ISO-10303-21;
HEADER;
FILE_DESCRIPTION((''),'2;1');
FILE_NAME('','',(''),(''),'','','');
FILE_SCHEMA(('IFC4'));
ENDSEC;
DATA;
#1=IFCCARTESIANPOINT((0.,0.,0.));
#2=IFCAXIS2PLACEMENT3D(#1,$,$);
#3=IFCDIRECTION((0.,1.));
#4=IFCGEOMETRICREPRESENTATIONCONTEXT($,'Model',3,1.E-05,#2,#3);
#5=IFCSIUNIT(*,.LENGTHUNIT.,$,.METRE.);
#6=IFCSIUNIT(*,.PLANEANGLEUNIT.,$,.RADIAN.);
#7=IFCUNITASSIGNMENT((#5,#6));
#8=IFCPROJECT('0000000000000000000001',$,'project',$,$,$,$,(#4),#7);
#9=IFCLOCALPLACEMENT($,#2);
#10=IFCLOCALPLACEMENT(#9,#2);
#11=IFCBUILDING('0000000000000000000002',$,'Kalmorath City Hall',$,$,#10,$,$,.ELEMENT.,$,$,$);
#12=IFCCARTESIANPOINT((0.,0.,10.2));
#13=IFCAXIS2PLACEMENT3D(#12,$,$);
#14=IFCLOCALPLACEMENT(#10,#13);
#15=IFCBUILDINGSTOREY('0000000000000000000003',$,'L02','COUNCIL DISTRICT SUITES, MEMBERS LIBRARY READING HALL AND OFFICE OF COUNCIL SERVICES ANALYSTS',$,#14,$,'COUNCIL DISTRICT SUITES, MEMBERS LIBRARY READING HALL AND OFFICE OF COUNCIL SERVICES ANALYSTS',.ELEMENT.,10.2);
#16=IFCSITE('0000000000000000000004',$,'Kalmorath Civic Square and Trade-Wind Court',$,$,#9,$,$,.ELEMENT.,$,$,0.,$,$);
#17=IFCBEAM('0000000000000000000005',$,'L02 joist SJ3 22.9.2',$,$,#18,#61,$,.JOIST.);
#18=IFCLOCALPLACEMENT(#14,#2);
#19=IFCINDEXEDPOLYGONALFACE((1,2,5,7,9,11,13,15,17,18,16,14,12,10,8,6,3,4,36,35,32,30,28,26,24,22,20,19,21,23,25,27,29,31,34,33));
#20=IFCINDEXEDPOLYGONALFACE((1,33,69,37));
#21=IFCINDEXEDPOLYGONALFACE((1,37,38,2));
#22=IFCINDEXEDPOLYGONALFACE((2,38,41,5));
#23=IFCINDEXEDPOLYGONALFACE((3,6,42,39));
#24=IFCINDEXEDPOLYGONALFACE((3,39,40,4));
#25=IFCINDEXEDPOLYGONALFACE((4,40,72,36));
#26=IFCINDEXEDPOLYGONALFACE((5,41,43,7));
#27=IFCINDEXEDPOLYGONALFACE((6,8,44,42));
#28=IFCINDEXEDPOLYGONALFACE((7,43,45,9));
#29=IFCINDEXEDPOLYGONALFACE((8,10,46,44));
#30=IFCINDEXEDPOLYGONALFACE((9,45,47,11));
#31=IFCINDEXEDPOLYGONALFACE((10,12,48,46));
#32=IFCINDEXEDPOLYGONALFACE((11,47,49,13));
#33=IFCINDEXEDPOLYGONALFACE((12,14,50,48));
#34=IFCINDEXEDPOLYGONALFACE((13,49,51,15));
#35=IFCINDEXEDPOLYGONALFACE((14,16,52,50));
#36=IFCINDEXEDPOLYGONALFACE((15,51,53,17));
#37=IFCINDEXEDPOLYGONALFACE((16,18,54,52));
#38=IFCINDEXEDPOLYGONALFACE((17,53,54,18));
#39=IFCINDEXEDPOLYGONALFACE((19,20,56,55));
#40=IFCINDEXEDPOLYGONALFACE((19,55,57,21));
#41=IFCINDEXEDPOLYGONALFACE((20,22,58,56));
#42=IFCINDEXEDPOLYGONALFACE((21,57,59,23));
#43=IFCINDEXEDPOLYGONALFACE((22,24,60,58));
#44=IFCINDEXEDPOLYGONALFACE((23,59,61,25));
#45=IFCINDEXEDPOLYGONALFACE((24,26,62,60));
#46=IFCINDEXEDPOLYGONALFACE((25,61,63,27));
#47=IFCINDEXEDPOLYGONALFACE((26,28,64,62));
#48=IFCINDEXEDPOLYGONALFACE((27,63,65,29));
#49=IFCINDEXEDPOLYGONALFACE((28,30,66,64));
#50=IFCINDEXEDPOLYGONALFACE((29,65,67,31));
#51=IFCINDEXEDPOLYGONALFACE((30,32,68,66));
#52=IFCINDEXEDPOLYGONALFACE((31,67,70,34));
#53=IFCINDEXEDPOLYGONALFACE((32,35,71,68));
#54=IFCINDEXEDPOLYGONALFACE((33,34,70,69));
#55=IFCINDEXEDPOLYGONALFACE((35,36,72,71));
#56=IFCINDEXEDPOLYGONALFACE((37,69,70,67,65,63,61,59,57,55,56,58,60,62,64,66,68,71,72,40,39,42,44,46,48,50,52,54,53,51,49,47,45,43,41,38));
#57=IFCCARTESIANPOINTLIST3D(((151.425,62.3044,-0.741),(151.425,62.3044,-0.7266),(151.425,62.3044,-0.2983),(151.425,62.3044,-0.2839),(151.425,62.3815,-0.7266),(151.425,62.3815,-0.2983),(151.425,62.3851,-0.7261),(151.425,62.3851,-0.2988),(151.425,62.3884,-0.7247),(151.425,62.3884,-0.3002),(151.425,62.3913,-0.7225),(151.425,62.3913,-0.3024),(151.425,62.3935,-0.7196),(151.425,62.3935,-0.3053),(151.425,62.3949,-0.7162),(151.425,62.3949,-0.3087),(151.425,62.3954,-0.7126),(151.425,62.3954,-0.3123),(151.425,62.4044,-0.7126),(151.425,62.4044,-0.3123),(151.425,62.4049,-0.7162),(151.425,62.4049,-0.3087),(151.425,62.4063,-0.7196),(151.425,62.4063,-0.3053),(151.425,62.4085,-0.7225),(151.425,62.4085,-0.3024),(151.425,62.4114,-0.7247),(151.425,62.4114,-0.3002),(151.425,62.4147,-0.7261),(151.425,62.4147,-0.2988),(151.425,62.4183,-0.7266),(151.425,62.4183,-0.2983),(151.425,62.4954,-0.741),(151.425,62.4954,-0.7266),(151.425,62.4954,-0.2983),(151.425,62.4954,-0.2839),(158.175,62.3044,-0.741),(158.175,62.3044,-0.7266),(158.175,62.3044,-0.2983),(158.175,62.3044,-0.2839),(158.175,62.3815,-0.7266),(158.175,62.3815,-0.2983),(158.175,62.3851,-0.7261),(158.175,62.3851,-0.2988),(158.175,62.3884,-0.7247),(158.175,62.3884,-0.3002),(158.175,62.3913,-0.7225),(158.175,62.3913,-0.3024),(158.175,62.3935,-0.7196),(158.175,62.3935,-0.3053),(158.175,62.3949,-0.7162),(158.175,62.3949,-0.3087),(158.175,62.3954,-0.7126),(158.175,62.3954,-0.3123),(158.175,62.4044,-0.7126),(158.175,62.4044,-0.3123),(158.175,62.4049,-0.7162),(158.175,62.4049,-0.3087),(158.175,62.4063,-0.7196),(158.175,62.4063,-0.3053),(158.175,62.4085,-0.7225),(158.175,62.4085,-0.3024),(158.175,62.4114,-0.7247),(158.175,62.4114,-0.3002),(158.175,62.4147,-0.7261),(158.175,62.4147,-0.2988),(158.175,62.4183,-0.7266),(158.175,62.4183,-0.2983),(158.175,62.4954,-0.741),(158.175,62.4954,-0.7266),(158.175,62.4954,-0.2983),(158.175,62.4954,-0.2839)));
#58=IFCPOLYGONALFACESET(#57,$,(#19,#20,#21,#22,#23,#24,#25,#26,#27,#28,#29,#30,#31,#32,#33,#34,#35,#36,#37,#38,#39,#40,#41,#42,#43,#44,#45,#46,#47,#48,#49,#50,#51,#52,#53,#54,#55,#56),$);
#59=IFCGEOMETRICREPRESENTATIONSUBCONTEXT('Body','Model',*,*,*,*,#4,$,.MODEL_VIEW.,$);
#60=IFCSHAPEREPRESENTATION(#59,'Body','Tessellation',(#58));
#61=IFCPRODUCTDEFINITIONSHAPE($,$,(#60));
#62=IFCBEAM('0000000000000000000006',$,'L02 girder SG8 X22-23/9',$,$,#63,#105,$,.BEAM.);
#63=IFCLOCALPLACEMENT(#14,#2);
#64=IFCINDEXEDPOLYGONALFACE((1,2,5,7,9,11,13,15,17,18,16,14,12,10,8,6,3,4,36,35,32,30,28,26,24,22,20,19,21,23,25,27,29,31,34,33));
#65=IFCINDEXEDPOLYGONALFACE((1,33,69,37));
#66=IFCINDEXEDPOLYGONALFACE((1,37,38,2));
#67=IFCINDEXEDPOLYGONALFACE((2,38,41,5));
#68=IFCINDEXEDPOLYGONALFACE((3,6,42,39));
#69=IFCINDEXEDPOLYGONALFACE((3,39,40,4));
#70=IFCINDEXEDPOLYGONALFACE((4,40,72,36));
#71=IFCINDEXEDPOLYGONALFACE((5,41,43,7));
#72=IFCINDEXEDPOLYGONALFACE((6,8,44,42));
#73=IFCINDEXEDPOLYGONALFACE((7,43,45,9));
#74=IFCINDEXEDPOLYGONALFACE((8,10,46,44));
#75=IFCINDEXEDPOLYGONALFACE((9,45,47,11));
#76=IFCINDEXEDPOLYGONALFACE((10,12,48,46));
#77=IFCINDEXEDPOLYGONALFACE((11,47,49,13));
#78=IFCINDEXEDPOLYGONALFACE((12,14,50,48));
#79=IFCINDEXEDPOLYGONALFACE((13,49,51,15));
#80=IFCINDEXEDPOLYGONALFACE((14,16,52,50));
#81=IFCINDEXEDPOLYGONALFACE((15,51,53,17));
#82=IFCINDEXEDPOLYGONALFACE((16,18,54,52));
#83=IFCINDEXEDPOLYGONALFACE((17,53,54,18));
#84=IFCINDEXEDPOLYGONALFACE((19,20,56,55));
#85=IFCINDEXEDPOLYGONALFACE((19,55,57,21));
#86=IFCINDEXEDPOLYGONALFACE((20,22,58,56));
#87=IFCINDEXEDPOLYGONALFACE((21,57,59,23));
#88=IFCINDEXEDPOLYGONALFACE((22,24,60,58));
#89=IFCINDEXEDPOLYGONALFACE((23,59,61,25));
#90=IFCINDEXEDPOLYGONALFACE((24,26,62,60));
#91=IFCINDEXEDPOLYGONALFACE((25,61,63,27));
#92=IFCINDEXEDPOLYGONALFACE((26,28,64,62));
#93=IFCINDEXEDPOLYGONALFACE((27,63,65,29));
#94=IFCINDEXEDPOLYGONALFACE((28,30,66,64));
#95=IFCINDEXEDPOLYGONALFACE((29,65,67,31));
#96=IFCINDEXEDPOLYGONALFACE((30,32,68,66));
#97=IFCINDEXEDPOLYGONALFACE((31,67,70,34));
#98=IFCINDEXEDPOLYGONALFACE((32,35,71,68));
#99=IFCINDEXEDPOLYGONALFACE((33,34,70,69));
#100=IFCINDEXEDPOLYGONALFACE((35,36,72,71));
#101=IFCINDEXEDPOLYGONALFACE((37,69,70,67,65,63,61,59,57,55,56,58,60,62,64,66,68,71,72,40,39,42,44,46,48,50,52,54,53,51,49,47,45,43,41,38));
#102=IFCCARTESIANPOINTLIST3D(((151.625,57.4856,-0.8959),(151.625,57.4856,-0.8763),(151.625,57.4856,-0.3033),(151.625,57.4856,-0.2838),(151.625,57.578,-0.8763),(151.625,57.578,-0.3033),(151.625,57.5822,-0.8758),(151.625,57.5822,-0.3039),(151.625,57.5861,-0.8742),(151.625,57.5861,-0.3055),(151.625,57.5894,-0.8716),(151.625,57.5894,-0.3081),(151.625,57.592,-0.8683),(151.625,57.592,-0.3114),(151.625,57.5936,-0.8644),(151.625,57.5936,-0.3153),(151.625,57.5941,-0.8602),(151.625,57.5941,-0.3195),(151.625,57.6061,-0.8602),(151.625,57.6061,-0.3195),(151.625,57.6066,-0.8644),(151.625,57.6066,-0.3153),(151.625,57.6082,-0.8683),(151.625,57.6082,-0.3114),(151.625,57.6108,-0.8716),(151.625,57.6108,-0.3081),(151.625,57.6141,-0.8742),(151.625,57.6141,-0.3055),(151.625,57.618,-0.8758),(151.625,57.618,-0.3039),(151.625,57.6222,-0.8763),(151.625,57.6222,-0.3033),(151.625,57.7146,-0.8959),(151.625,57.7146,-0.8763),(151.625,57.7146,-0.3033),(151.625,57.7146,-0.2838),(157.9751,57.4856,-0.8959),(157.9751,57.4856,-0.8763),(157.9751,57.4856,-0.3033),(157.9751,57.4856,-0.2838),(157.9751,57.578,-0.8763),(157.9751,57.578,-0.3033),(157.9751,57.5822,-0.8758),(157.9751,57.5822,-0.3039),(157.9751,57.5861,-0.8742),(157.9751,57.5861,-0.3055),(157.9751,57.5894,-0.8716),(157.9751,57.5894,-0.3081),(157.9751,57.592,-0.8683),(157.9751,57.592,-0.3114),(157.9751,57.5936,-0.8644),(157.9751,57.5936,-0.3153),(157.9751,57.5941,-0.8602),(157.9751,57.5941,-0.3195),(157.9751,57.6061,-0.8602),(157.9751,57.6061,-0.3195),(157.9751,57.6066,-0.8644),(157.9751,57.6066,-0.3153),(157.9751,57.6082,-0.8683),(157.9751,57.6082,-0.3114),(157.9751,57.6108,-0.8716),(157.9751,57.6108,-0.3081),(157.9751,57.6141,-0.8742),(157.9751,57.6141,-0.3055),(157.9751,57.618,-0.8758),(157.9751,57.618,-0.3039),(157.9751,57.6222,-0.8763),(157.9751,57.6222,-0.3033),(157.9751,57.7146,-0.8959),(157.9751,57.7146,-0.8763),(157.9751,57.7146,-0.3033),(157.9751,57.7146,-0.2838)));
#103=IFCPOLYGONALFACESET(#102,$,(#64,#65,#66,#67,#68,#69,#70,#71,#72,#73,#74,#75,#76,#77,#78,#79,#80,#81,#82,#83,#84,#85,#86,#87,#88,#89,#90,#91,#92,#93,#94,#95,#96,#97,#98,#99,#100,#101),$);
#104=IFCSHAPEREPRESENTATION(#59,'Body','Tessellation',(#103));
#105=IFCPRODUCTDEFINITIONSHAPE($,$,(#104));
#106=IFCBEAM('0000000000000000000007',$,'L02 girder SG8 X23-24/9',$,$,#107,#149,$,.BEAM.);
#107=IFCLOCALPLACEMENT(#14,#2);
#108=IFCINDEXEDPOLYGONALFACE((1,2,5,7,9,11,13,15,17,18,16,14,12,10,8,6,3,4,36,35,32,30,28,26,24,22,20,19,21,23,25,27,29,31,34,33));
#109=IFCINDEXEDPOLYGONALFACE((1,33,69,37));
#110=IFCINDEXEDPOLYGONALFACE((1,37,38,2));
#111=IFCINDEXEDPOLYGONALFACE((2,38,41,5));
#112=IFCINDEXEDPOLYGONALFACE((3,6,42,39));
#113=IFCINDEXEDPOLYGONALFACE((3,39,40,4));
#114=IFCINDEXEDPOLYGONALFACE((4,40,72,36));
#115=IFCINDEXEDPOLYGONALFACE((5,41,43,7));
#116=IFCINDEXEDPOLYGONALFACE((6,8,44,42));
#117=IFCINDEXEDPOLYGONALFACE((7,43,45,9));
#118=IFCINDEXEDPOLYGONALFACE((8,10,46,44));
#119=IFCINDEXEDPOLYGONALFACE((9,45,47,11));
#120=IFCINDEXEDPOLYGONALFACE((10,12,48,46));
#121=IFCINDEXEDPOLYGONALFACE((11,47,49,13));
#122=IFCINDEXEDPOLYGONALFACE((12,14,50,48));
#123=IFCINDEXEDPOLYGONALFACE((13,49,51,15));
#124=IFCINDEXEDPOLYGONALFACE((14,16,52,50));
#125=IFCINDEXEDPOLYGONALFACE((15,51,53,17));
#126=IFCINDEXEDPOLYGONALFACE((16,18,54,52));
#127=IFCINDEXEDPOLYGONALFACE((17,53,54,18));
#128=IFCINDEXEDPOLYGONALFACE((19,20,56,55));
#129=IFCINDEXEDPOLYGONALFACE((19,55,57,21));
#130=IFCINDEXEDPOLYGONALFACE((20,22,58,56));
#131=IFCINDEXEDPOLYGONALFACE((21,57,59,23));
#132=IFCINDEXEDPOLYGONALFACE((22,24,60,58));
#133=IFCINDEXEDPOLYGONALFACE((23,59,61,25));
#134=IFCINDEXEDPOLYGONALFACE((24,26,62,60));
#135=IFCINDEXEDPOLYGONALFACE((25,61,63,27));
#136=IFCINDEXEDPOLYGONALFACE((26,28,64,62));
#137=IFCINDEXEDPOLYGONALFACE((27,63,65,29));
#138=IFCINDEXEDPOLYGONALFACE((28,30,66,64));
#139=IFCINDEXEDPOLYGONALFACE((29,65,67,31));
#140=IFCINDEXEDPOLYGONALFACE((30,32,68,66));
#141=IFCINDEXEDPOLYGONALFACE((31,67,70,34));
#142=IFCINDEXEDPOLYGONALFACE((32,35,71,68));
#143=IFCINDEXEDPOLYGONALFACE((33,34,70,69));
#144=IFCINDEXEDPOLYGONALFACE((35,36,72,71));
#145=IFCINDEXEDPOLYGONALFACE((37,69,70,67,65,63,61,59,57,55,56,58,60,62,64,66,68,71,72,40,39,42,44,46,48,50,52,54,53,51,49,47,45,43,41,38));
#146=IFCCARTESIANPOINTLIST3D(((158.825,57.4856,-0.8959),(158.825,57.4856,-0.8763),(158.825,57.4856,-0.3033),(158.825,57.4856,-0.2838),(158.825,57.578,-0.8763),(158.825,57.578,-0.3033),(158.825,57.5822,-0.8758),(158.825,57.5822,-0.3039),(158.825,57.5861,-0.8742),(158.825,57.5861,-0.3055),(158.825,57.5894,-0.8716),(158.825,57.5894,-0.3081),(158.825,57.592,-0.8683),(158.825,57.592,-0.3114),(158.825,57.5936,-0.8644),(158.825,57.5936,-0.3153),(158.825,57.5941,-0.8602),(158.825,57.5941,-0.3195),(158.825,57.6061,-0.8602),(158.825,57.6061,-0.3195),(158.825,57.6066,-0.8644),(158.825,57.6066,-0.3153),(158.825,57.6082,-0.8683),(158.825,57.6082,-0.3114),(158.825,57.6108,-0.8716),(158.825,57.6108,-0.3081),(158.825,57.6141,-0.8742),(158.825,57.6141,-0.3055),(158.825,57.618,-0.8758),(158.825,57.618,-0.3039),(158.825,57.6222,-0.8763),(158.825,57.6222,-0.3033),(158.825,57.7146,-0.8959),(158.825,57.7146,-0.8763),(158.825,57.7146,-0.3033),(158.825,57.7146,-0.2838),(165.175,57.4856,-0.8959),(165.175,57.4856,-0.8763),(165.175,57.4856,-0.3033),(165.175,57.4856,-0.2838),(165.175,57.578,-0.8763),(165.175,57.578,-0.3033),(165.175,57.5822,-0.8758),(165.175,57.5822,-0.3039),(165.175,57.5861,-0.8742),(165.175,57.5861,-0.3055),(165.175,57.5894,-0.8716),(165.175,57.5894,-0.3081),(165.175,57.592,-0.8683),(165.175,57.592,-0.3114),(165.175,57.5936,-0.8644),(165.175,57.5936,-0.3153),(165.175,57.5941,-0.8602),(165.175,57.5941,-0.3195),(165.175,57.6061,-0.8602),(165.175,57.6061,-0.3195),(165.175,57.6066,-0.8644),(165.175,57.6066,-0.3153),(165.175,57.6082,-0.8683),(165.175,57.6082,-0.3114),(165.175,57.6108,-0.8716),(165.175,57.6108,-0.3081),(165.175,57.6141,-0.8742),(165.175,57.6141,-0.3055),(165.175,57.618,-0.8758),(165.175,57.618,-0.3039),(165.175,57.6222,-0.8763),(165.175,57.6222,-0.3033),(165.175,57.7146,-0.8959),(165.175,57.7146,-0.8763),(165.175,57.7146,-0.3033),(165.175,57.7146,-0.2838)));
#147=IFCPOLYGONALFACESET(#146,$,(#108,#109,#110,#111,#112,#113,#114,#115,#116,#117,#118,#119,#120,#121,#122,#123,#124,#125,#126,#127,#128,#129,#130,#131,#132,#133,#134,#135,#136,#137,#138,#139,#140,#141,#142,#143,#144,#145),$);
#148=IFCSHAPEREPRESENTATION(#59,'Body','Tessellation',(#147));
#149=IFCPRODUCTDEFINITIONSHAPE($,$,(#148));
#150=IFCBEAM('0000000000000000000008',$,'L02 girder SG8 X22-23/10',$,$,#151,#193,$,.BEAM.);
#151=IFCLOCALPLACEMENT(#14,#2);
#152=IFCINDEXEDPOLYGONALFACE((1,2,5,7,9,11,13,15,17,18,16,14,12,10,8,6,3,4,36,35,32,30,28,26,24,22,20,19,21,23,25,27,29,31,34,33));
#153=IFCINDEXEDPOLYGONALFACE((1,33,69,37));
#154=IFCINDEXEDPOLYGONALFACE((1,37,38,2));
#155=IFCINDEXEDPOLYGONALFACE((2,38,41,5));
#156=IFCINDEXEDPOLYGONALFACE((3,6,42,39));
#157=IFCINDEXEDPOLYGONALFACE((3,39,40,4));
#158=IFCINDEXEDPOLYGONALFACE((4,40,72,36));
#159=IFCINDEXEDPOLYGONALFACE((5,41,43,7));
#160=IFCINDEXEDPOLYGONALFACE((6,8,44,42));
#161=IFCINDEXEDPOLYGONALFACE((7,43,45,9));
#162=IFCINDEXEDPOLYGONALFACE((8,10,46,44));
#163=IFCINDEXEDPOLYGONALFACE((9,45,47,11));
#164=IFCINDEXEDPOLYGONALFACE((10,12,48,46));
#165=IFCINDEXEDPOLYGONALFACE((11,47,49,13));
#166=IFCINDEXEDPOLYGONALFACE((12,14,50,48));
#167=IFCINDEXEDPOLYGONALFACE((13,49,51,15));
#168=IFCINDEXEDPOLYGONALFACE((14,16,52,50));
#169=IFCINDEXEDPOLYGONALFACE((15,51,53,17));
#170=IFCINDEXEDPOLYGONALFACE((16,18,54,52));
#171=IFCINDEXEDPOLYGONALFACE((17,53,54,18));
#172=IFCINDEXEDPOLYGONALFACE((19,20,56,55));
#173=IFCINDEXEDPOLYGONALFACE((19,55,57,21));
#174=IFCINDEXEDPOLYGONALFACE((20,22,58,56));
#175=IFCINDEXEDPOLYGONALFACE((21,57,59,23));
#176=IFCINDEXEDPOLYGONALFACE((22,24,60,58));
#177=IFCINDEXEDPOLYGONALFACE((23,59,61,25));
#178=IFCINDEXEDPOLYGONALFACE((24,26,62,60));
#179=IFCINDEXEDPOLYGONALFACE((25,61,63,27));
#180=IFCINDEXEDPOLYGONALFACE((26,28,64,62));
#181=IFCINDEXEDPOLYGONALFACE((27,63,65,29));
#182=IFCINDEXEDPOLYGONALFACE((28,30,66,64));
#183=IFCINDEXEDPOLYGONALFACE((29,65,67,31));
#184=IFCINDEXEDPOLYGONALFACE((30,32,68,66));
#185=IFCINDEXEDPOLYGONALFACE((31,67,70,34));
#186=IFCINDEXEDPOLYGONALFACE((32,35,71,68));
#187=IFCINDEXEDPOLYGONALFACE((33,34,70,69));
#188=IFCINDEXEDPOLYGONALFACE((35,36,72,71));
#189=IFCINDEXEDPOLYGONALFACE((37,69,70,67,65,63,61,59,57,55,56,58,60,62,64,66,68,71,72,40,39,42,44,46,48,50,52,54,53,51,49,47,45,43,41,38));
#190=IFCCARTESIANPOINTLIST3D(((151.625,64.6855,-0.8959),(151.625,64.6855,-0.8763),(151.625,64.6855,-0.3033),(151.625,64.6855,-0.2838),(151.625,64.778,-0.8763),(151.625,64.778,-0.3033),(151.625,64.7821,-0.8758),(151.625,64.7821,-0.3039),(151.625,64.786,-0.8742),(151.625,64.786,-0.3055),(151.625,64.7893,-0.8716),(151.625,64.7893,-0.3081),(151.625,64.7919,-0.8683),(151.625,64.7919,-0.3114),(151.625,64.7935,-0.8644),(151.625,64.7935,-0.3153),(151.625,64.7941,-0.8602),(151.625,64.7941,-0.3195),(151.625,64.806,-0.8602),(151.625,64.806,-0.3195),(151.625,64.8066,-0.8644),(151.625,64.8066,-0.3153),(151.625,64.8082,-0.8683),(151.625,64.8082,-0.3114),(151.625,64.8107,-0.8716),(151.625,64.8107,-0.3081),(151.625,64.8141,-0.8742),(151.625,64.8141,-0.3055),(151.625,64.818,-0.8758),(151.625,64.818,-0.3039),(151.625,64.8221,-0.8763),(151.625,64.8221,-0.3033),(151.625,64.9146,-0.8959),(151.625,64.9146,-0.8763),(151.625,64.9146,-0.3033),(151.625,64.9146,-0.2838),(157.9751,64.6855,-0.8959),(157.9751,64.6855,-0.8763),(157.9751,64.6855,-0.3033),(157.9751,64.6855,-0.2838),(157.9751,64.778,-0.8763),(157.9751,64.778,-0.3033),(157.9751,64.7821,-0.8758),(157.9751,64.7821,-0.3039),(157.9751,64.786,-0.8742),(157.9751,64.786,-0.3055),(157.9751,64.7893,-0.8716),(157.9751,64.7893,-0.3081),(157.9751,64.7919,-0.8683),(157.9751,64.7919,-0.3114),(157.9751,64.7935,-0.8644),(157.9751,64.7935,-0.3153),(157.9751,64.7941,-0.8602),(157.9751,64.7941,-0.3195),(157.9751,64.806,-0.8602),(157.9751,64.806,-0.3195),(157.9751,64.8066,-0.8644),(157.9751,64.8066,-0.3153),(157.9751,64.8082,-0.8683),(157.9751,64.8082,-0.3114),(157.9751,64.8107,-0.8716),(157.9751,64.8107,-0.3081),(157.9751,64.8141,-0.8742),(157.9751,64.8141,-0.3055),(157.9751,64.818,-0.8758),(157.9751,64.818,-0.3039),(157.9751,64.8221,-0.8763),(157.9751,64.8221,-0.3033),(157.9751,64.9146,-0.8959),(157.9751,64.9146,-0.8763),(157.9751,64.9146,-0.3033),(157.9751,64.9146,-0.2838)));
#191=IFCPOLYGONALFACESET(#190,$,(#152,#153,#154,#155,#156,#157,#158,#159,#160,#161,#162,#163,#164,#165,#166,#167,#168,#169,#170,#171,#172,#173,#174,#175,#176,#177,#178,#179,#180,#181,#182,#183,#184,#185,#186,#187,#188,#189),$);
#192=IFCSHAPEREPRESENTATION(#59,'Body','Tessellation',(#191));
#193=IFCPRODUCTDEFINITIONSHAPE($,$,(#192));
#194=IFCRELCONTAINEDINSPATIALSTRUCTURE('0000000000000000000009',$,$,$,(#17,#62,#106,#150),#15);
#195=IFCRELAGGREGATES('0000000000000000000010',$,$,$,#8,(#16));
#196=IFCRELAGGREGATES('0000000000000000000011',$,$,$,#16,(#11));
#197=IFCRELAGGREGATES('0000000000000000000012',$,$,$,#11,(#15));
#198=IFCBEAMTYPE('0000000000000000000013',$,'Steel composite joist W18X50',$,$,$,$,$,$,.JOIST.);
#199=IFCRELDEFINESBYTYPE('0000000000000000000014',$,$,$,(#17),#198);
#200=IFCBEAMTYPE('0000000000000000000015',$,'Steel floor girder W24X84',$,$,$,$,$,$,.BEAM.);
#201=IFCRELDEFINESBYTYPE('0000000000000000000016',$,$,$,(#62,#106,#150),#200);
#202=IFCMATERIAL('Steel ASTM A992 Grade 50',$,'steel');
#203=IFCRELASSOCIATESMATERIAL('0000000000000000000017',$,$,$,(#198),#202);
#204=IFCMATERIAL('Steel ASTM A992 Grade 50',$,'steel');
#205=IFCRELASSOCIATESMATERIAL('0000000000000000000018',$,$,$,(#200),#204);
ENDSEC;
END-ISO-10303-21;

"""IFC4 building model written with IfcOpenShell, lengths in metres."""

from ifc_helpers import new_model, si_unit, direction, frame, origin, origin_2d, place, context, subcontext, project, spatial, i_section, extrude, material, material_profile, profile_set, type_object, element, save


model = new_model("IFC4")

# Units and contexts
model_context = context("Model", 3, precision=1e-05, world=origin(), true_north=direction((0.0, 1.0)))
body_context = subcontext(model_context, "Body", "Model", "MODEL_VIEW")
ifc_project = project(units=[si_unit("LENGTHUNIT", "METRE"), si_unit("PLANEANGLEUNIT", "RADIAN")], contexts=[model_context])

# Site, building, storey
site_placement = place(None, origin())
site = spatial("IfcSite", under=ifc_project, at=site_placement, Name="Kalmorath Civic Square and Trade-Wind Court", CompositionType="ELEMENT", RefElevation=0.0)
building_placement = place(site_placement, origin())
building = spatial("IfcBuilding", under=site, at=building_placement, Name="Kalmorath City Hall", CompositionType="ELEMENT")
storey_placement = place(building_placement, frame((0.0, 0.0, 10.2)))
storey = spatial("IfcBuildingStorey", under=building, at=storey_placement, Name="L02", Description="COUNCIL DISTRICT SUITES, MEMBERS LIBRARY READING HALL AND OFFICE OF COUNCIL SERVICES ANALYSTS", LongName="COUNCIL DISTRICT SUITES, MEMBERS LIBRARY READING HALL AND OFFICE OF COUNCIL SERVICES ANALYSTS", CompositionType="ELEMENT", Elevation=10.2)

# Beams
ifc_material_1 = material(Name="Steel ASTM A992 Grade 50", Category="steel")
ifc_material_profile_1 = material_profile(ifc_material_1, i_section(OverallWidth=0.1909, OverallDepth=0.457, WebThickness=0.009, FlangeThickness=0.0144, FilletRadius=0.0139, at=origin_2d()), Name="W18X50")
ifc_profile_set_1 = profile_set([ifc_material_profile_1], Name="Steel ASTM A992 Grade 50")
beam_type_1 = type_object("IfcBeamType", Name="Steel composite joist W18X50", PredefinedType="JOIST", material=ifc_profile_set_1)
for number, where, z_axis, x_axis, name in (
    (1, (151.425, 62.3999, -0.5125), (1.0, 0.0, 0.0), (0.0, 1.0, 0.0), "L02 joist SJ3 22.9.2"),
):
    element("IfcBeam", number, at=place(storey_placement, frame(where, z_axis=z_axis, x_axis=x_axis)), inside=storey, type_object=beam_type_1, Name=name, PredefinedType="JOIST", context=body_context, shape_type="SweptSolid", body=[
        extrude(i_section(OverallWidth=0.1909, OverallDepth=0.457, WebThickness=0.009, FlangeThickness=0.0144, FilletRadius=0.0139, at=origin_2d()), origin(), (0.0, 0.0, 1.0), 6.75),
    ])
ifc_material_2 = material(Name="Steel ASTM A992 Grade 50", Category="steel")
ifc_material_profile_2 = material_profile(ifc_material_2, i_section(OverallWidth=0.229, OverallDepth=0.6121, WebThickness=0.012, FlangeThickness=0.0195, FilletRadius=0.0161, at=origin_2d()), Name="W24X84")
ifc_profile_set_2 = profile_set([ifc_material_profile_2], Name="Steel ASTM A992 Grade 50")
beam_type_2 = type_object("IfcBeamType", Name="Steel floor girder W24X84", PredefinedType="BEAM", material=ifc_profile_set_2)
for number, where, z_axis, x_axis, name in (
    (2, (151.625, 57.6001, -0.5898), (1.0, 0.0, 0.0), (0.0, 1.0, 0.0), "L02 girder SG8 X22-23/9"),
    (3, (158.825, 57.6001, -0.5898), (1.0, 0.0, 0.0), (0.0, 1.0, 0.0), "L02 girder SG8 X23-24/9"),
    (4, (151.625, 64.8, -0.5898), (1.0, 0.0, 0.0), (0.0, 1.0, 0.0), "L02 girder SG8 X22-23/10"),
):
    element("IfcBeam", number, at=place(storey_placement, frame(where, z_axis=z_axis, x_axis=x_axis)), inside=storey, type_object=beam_type_2, Name=name, PredefinedType="BEAM", context=body_context, shape_type="SweptSolid", body=[
        extrude(i_section(OverallWidth=0.229, OverallDepth=0.6121, WebThickness=0.012, FlangeThickness=0.0195, FilletRadius=0.0161, at=origin_2d()), origin(), (0.0, 0.0, 1.0), 6.3501),
    ])

save(model, "model.ifc")
